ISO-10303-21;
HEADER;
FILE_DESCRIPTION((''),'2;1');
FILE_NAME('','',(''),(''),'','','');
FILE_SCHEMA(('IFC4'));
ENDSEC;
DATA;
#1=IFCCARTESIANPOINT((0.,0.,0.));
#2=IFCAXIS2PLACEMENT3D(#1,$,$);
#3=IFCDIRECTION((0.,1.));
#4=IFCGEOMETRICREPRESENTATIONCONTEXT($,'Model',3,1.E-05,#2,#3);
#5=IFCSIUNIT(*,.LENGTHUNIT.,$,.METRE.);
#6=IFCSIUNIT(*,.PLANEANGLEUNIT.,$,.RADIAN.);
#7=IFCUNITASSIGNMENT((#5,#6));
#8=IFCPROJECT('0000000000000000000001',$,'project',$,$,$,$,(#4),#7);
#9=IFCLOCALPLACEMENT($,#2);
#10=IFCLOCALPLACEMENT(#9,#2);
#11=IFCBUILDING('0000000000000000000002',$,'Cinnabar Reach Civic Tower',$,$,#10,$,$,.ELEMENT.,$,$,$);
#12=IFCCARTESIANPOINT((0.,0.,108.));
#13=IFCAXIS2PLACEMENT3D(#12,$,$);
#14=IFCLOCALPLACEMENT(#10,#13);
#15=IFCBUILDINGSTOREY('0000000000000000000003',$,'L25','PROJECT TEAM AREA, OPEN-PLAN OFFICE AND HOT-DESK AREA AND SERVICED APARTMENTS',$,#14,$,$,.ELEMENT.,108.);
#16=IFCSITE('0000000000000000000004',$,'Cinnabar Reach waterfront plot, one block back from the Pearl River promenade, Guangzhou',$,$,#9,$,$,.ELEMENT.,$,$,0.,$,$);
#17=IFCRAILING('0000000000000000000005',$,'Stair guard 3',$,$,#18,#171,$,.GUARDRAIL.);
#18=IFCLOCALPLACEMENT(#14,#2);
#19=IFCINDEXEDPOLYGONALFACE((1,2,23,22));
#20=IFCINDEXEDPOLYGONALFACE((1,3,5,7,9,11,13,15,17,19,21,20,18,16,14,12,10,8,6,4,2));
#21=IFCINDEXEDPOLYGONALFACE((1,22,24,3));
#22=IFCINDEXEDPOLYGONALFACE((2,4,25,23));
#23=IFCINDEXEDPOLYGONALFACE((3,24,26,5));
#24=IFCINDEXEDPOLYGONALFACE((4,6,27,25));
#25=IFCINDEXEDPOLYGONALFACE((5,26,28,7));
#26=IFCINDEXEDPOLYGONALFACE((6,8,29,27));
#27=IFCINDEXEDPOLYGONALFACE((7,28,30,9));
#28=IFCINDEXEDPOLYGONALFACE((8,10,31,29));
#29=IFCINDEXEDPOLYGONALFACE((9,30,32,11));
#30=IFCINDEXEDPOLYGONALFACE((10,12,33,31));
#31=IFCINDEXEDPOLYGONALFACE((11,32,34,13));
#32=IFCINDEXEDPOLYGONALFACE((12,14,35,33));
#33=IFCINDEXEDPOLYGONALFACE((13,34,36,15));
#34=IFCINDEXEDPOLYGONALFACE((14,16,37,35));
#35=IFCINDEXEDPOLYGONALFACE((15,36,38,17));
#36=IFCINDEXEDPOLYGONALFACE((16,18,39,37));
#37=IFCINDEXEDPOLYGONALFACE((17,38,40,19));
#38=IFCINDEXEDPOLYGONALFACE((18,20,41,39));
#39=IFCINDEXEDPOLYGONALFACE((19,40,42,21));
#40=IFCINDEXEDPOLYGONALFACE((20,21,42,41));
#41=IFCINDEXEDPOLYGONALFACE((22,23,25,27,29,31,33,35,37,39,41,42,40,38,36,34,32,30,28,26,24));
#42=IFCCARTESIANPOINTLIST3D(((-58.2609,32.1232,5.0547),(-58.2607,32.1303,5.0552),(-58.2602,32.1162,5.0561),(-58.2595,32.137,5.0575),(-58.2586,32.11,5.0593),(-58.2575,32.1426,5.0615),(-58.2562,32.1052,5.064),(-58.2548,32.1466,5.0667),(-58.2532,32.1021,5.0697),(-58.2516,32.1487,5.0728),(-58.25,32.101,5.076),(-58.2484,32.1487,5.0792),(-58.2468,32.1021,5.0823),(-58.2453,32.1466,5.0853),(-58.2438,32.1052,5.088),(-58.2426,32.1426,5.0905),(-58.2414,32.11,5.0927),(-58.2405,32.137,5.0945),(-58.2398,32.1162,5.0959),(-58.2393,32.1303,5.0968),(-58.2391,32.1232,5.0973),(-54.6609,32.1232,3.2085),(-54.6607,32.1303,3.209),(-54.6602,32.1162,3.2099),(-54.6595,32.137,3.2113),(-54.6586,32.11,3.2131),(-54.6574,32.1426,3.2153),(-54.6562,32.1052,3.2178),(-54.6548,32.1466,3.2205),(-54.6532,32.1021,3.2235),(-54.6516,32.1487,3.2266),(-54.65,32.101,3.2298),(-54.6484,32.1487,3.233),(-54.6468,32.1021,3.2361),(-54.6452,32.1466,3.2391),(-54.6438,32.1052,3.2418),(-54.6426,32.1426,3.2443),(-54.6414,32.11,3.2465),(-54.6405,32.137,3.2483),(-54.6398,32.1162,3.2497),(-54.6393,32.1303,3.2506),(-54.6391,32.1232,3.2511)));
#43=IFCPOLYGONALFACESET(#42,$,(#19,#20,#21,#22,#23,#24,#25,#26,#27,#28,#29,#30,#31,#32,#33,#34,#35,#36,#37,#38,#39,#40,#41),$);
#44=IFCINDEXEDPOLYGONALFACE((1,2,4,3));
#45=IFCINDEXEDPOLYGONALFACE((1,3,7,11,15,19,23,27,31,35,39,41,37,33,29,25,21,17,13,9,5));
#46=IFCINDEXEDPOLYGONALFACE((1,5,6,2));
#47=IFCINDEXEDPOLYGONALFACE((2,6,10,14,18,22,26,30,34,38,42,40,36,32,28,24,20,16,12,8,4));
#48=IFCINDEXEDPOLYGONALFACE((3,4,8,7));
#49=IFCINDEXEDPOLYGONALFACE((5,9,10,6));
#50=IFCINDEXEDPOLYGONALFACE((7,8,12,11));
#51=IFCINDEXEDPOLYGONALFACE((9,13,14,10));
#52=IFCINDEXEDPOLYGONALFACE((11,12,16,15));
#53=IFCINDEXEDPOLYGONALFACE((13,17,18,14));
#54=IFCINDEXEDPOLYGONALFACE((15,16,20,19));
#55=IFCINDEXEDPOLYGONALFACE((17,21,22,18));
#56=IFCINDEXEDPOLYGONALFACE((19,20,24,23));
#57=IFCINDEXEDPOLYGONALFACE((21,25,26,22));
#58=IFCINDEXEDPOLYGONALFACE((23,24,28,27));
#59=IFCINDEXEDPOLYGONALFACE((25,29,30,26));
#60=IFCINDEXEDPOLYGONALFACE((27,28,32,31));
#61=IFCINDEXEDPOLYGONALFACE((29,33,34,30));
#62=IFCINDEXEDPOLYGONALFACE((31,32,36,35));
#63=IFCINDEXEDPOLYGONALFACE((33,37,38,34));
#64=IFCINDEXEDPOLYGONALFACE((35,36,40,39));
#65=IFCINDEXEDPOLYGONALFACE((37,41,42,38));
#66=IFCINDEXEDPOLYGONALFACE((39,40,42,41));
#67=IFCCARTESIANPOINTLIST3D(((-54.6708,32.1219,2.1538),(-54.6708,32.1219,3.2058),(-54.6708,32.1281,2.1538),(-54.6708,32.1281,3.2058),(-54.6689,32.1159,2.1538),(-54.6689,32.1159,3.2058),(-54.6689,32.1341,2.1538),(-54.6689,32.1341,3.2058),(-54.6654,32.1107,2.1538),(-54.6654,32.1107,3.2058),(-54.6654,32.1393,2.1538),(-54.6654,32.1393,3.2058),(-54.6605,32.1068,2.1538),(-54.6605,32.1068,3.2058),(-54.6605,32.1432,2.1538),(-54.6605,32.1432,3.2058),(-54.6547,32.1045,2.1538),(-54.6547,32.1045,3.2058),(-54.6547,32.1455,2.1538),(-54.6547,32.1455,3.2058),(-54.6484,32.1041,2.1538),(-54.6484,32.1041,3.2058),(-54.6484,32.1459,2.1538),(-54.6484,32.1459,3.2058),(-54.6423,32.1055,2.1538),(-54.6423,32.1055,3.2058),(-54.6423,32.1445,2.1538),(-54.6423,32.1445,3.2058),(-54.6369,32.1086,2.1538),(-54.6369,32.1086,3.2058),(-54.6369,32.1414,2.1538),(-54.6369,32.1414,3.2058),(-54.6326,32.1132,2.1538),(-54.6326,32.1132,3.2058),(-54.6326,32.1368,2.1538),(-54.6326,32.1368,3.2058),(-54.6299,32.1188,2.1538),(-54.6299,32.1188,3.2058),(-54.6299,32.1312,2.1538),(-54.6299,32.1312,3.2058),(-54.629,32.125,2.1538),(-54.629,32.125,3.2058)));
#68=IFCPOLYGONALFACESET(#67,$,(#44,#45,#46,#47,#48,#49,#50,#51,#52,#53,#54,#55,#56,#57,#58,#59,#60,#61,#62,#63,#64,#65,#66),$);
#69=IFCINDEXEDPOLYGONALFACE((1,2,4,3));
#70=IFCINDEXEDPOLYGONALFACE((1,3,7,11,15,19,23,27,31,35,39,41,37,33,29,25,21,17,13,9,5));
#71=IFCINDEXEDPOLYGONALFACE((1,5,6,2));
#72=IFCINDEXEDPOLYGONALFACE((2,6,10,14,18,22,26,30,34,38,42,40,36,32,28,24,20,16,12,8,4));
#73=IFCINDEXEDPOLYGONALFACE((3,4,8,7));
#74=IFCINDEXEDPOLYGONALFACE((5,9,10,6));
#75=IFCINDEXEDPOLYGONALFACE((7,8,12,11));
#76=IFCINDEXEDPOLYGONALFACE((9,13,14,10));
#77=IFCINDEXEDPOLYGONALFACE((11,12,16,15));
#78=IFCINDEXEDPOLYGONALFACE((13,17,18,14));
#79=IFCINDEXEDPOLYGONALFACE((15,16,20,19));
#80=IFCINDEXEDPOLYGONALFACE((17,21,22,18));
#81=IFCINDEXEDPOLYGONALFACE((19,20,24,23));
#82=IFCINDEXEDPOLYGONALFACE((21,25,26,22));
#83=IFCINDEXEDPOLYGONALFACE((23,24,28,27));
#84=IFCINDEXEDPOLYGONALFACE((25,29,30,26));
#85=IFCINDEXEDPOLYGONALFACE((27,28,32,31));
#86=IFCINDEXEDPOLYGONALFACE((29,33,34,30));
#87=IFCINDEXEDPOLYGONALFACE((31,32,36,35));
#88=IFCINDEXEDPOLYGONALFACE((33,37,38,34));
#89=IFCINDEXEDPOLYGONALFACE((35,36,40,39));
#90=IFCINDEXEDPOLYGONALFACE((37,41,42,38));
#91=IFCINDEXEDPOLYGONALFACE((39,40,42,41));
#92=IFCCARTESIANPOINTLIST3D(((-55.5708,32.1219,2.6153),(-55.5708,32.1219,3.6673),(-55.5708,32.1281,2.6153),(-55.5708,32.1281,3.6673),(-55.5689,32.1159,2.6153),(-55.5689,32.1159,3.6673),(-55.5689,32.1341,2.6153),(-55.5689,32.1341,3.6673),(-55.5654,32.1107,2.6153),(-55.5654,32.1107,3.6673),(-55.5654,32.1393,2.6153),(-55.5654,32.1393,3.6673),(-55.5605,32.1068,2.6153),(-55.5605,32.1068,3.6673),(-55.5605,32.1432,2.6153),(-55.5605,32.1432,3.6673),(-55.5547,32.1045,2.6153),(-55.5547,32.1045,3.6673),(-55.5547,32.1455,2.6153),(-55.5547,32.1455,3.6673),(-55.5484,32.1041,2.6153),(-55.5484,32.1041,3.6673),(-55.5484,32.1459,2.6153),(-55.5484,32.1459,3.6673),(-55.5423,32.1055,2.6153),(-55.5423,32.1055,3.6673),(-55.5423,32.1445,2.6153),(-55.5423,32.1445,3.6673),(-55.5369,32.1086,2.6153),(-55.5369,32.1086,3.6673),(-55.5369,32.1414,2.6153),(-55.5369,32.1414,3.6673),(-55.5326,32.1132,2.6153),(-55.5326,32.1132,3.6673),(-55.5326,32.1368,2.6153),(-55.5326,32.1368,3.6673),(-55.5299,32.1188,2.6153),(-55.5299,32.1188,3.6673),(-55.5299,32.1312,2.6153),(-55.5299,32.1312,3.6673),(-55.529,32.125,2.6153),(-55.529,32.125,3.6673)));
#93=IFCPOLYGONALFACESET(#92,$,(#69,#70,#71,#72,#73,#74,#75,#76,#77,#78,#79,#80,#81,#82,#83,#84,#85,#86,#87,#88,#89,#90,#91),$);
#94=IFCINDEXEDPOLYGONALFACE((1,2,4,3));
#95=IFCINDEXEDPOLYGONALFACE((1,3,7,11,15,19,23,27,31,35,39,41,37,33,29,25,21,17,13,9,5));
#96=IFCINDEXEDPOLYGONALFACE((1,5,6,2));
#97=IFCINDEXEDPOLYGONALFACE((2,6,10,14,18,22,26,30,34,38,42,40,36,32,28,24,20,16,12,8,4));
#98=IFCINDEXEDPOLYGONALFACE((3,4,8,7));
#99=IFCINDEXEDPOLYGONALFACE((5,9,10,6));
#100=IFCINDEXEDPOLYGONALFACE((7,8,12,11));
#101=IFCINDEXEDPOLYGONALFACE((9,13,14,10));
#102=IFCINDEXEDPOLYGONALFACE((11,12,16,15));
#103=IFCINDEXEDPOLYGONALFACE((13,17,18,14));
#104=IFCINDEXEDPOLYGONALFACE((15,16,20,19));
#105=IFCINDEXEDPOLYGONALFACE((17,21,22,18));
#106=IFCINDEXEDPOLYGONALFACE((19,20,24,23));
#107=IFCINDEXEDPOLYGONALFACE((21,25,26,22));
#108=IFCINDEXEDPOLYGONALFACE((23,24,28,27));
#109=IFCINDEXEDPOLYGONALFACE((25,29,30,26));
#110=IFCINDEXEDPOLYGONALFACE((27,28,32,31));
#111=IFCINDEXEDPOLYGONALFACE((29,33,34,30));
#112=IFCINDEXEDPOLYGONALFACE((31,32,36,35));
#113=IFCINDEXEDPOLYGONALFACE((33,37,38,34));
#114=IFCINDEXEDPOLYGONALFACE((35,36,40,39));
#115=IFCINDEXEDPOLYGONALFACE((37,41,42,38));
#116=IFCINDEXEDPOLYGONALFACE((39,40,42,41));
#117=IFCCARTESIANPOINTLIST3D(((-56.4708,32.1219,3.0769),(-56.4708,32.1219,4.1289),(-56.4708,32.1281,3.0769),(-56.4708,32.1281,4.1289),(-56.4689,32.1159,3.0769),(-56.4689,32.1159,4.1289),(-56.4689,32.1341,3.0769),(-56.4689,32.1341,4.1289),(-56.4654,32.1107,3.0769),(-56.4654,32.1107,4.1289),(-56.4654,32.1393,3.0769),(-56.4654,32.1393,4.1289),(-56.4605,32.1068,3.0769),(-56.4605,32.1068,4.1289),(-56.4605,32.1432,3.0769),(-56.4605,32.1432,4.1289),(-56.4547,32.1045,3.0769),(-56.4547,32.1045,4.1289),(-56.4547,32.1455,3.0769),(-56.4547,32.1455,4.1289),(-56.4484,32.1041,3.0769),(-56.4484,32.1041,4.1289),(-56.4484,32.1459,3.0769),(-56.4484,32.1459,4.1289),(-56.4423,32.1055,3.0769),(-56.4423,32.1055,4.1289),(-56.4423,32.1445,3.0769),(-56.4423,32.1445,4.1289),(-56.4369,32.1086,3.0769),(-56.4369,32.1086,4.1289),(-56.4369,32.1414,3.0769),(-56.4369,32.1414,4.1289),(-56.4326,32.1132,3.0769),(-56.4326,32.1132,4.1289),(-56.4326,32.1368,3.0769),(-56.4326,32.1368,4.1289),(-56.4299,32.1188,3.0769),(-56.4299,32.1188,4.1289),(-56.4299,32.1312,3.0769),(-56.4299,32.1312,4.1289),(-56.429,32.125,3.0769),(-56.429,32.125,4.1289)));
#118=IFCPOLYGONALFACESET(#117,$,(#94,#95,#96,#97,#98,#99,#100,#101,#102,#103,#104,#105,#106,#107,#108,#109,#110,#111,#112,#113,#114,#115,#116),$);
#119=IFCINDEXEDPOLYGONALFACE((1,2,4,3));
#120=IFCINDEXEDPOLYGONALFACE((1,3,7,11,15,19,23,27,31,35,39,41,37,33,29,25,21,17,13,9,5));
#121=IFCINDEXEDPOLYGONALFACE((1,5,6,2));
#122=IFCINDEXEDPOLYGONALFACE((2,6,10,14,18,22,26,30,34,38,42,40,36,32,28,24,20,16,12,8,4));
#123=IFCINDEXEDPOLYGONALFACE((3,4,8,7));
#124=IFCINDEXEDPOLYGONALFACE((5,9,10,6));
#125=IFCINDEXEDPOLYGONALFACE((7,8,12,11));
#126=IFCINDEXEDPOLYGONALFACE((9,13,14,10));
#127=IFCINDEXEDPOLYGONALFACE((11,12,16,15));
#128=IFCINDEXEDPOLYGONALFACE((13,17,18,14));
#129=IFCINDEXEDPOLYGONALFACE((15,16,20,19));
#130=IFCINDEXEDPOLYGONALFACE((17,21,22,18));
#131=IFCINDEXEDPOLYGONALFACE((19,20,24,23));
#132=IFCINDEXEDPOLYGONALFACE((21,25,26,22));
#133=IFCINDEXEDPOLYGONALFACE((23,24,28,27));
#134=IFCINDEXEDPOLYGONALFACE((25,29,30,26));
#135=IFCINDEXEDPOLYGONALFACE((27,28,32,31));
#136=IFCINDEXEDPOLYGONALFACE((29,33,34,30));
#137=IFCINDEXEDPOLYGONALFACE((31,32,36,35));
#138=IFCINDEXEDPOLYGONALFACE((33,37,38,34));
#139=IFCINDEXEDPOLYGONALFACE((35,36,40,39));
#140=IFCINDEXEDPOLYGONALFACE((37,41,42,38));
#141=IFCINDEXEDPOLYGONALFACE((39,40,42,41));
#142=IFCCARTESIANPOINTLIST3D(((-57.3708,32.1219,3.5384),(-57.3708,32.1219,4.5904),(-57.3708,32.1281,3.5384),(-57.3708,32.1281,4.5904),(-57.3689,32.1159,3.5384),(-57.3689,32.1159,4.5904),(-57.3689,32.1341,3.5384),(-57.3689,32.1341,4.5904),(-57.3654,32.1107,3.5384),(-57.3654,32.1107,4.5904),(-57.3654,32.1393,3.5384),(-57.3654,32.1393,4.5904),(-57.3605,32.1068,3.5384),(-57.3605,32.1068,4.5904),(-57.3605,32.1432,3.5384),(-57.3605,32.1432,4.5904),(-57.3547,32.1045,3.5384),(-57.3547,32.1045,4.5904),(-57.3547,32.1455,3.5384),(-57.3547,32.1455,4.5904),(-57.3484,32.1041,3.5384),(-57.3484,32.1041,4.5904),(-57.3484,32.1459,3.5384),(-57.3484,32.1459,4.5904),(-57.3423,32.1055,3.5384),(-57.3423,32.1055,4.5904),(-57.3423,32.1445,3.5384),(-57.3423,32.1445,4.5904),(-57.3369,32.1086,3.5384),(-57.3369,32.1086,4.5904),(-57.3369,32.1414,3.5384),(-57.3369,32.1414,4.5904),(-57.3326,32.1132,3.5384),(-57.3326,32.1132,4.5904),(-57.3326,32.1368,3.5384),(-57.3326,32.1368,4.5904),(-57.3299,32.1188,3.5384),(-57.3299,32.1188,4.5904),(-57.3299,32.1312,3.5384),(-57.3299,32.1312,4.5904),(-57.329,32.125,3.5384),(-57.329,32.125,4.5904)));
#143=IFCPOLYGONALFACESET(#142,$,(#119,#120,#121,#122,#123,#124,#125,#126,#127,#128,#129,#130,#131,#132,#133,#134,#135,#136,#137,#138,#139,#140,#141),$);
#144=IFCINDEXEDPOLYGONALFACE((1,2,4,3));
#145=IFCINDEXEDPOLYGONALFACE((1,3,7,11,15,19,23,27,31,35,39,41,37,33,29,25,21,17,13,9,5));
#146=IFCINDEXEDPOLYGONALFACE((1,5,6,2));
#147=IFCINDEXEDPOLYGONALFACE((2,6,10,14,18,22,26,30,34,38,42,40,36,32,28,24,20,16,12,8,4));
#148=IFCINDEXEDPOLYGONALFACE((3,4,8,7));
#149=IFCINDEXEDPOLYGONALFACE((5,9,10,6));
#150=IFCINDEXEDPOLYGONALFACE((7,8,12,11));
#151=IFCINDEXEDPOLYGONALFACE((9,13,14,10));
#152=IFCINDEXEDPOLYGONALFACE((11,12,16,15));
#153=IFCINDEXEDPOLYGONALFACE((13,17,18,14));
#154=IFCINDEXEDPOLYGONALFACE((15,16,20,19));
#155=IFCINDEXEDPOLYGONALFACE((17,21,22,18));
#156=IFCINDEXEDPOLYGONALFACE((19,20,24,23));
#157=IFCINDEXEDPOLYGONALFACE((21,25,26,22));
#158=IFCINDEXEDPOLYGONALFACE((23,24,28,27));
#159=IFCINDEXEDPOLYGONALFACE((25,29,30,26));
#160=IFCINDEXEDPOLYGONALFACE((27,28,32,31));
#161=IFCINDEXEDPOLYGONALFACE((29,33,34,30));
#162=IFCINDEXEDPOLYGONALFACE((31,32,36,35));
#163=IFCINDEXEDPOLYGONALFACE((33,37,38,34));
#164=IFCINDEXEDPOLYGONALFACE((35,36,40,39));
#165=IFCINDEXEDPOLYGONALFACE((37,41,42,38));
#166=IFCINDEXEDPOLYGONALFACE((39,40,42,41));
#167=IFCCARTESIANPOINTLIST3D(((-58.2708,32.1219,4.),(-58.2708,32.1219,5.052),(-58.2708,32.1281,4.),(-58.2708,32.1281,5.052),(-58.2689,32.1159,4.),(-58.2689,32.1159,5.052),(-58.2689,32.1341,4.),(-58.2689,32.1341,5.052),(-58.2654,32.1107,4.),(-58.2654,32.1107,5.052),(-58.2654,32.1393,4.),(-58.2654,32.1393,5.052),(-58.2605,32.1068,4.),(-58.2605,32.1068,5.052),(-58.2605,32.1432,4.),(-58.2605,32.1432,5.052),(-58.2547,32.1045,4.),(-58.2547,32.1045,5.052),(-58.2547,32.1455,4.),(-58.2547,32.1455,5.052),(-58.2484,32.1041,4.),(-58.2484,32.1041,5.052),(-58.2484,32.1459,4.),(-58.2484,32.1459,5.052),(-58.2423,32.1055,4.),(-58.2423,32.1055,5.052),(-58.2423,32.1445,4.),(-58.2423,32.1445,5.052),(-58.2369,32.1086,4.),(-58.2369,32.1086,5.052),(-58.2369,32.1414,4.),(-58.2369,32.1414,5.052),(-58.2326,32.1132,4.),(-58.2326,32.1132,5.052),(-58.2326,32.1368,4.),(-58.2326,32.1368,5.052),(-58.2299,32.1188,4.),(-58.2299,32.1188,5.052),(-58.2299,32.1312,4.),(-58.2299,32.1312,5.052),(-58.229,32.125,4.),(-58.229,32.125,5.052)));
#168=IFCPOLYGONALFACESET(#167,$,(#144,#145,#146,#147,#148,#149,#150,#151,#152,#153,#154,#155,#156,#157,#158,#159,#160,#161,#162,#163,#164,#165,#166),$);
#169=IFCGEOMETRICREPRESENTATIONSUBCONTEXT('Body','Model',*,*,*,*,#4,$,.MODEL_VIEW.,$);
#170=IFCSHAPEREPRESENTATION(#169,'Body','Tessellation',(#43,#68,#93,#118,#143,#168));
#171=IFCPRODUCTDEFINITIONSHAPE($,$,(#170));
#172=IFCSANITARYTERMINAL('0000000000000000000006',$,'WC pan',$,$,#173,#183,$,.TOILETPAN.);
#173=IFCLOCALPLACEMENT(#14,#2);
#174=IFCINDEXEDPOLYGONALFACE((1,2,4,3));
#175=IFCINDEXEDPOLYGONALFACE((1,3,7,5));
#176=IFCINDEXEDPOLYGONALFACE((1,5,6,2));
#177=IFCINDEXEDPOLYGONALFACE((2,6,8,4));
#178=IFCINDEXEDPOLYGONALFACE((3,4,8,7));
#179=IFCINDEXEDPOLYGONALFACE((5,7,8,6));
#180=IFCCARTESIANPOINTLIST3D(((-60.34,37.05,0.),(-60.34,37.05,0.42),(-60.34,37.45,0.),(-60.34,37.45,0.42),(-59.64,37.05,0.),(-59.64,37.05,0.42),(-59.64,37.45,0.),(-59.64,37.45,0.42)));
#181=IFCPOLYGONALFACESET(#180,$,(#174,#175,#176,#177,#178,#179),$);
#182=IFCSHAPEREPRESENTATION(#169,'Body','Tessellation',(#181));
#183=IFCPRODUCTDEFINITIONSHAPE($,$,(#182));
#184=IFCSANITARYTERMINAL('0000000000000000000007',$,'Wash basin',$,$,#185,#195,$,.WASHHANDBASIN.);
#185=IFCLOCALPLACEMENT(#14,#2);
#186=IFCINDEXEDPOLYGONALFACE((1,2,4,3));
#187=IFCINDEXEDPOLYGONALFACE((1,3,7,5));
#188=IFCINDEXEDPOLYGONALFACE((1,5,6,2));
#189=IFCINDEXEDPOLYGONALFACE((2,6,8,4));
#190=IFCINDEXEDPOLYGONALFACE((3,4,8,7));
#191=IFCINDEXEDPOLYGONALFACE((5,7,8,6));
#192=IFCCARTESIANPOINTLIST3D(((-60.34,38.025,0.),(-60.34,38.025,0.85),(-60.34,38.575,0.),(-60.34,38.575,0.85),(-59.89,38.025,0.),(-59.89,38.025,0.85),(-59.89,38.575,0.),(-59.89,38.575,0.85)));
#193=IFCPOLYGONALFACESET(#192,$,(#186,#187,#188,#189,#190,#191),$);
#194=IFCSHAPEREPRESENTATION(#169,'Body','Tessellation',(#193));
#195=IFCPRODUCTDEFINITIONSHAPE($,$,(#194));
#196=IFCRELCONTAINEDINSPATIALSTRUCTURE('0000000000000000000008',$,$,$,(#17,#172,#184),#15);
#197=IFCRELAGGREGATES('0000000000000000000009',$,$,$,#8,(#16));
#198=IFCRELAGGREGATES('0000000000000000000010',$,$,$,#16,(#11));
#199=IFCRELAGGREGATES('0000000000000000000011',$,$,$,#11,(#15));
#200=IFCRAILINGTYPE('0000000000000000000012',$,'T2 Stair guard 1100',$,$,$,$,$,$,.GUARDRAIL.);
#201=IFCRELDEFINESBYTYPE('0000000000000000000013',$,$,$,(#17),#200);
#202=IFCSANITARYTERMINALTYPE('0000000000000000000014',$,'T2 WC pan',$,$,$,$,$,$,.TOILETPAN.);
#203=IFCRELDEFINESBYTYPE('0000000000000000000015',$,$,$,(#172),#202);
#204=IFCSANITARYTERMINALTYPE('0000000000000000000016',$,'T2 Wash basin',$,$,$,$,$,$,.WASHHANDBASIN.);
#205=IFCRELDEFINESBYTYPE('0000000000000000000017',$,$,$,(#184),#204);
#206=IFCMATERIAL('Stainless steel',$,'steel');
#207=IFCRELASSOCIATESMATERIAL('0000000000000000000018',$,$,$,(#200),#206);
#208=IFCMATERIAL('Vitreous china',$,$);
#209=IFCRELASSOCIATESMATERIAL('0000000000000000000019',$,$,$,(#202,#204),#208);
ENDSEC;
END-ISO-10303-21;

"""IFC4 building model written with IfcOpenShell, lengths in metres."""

from ifc_helpers import new_model, si_unit, direction, frame, origin, origin_2d, place, context, subcontext, project, spatial, rectangle, circle, extrude, material, type_object, element, save


model = new_model("IFC4")

# Units and contexts
model_context = context("Model", 3, precision=1e-05, world=origin(), true_north=direction((0.0, 1.0)))
body_context = subcontext(model_context, "Body", "Model", "MODEL_VIEW")
ifc_project = project(units=[si_unit("LENGTHUNIT", "METRE"), si_unit("PLANEANGLEUNIT", "RADIAN")], contexts=[model_context])

# Site, building, storey
site_placement = place(None, origin())
site = spatial("IfcSite", under=ifc_project, at=site_placement, Name="Cinnabar Reach waterfront plot, one block back from the Pearl River promenade, Guangzhou", CompositionType="ELEMENT", RefElevation=0.0)
building_placement = place(site_placement, origin())
building = spatial("IfcBuilding", under=site, at=building_placement, Name="Cinnabar Reach Civic Tower", CompositionType="ELEMENT")
storey_placement = place(building_placement, frame((0.0, 0.0, 108.0)))
storey = spatial("IfcBuildingStorey", under=building, at=storey_placement, Name="L25", Description="PROJECT TEAM AREA, OPEN-PLAN OFFICE AND HOT-DESK AREA AND SERVICED APARTMENTS", CompositionType="ELEMENT", Elevation=108.0)

# Railing
ifc_material_1 = material(Name="Stainless steel", Category="steel")
railing_type = type_object("IfcRailingType", Name="T2 Stair guard 1100", PredefinedType="GUARDRAIL", material=ifc_material_1)
railing_1_placement = place(storey_placement, frame((-54.65, 32.125, 2.1538)))
element("IfcRailing", 1, at=railing_1_placement, inside=storey, type_object=railing_type, Name="Stair guard 3", PredefinedType="GUARDRAIL", context=body_context, shape_type="SweptSolid", body=[
    extrude(circle(Radius=0.024, at=origin_2d()), frame((0.0, 0.0, 1.076), z_axis=(-0.889813, 0.0, 0.456326), x_axis=(0.0, -1.0, 0.0)), (0.0, 0.0, 1.0), 4.0458),
    extrude(circle(Radius=0.021, at=origin_2d()), origin(), (0.0, 0.0, 1.0), 1.052),
    extrude(circle(Radius=0.021, at=origin_2d()), frame((-0.9, 0.0, 0.4615)), (0.0, 0.0, 1.0), 1.052),
    extrude(circle(Radius=0.021, at=origin_2d()), frame((-1.8, 0.0, 0.9231)), (0.0, 0.0, 1.0), 1.052),
    extrude(circle(Radius=0.021, at=origin_2d()), frame((-2.7, 0.0, 1.3846)), (0.0, 0.0, 1.0), 1.052),
    extrude(circle(Radius=0.021, at=origin_2d()), frame((-3.6, 0.0, 1.8462)), (0.0, 0.0, 1.0), 1.052),
])

# Sanitary terminals
ifc_material_2 = material(Name="Vitreous china")
sanitary_terminal_type_1 = type_object("IfcSanitaryTerminalType", Name="T2 WC pan", PredefinedType="TOILETPAN", material=ifc_material_2)
sanitary_terminal_1_placement = place(storey_placement, frame((-59.99, 37.25, 0.0), z_axis=(0.0, 0.0, 1.0), x_axis=(1.0, 0.0, 0.0)))
element("IfcSanitaryTerminal", 2, at=sanitary_terminal_1_placement, inside=storey, type_object=sanitary_terminal_type_1, Name="WC pan", PredefinedType="TOILETPAN", context=body_context, shape_type="SweptSolid", body=[
    extrude(rectangle(XDim=0.7, YDim=0.4, at=origin_2d()), origin(), (0.0, 0.0, 1.0), 0.42),
])
sanitary_terminal_type_2 = type_object("IfcSanitaryTerminalType", Name="T2 Wash basin", PredefinedType="WASHHANDBASIN", material=ifc_material_2)
sanitary_terminal_2_placement = place(storey_placement, frame((-60.115, 38.3, 0.0), z_axis=(0.0, 0.0, 1.0), x_axis=(1.0, 0.0, 0.0)))
element("IfcSanitaryTerminal", 3, at=sanitary_terminal_2_placement, inside=storey, type_object=sanitary_terminal_type_2, Name="Wash basin", PredefinedType="WASHHANDBASIN", context=body_context, shape_type="SweptSolid", body=[
    extrude(rectangle(XDim=0.45, YDim=0.55, at=origin_2d()), origin(), (0.0, 0.0, 1.0), 0.85),
])

save(model, "model.ifc")
